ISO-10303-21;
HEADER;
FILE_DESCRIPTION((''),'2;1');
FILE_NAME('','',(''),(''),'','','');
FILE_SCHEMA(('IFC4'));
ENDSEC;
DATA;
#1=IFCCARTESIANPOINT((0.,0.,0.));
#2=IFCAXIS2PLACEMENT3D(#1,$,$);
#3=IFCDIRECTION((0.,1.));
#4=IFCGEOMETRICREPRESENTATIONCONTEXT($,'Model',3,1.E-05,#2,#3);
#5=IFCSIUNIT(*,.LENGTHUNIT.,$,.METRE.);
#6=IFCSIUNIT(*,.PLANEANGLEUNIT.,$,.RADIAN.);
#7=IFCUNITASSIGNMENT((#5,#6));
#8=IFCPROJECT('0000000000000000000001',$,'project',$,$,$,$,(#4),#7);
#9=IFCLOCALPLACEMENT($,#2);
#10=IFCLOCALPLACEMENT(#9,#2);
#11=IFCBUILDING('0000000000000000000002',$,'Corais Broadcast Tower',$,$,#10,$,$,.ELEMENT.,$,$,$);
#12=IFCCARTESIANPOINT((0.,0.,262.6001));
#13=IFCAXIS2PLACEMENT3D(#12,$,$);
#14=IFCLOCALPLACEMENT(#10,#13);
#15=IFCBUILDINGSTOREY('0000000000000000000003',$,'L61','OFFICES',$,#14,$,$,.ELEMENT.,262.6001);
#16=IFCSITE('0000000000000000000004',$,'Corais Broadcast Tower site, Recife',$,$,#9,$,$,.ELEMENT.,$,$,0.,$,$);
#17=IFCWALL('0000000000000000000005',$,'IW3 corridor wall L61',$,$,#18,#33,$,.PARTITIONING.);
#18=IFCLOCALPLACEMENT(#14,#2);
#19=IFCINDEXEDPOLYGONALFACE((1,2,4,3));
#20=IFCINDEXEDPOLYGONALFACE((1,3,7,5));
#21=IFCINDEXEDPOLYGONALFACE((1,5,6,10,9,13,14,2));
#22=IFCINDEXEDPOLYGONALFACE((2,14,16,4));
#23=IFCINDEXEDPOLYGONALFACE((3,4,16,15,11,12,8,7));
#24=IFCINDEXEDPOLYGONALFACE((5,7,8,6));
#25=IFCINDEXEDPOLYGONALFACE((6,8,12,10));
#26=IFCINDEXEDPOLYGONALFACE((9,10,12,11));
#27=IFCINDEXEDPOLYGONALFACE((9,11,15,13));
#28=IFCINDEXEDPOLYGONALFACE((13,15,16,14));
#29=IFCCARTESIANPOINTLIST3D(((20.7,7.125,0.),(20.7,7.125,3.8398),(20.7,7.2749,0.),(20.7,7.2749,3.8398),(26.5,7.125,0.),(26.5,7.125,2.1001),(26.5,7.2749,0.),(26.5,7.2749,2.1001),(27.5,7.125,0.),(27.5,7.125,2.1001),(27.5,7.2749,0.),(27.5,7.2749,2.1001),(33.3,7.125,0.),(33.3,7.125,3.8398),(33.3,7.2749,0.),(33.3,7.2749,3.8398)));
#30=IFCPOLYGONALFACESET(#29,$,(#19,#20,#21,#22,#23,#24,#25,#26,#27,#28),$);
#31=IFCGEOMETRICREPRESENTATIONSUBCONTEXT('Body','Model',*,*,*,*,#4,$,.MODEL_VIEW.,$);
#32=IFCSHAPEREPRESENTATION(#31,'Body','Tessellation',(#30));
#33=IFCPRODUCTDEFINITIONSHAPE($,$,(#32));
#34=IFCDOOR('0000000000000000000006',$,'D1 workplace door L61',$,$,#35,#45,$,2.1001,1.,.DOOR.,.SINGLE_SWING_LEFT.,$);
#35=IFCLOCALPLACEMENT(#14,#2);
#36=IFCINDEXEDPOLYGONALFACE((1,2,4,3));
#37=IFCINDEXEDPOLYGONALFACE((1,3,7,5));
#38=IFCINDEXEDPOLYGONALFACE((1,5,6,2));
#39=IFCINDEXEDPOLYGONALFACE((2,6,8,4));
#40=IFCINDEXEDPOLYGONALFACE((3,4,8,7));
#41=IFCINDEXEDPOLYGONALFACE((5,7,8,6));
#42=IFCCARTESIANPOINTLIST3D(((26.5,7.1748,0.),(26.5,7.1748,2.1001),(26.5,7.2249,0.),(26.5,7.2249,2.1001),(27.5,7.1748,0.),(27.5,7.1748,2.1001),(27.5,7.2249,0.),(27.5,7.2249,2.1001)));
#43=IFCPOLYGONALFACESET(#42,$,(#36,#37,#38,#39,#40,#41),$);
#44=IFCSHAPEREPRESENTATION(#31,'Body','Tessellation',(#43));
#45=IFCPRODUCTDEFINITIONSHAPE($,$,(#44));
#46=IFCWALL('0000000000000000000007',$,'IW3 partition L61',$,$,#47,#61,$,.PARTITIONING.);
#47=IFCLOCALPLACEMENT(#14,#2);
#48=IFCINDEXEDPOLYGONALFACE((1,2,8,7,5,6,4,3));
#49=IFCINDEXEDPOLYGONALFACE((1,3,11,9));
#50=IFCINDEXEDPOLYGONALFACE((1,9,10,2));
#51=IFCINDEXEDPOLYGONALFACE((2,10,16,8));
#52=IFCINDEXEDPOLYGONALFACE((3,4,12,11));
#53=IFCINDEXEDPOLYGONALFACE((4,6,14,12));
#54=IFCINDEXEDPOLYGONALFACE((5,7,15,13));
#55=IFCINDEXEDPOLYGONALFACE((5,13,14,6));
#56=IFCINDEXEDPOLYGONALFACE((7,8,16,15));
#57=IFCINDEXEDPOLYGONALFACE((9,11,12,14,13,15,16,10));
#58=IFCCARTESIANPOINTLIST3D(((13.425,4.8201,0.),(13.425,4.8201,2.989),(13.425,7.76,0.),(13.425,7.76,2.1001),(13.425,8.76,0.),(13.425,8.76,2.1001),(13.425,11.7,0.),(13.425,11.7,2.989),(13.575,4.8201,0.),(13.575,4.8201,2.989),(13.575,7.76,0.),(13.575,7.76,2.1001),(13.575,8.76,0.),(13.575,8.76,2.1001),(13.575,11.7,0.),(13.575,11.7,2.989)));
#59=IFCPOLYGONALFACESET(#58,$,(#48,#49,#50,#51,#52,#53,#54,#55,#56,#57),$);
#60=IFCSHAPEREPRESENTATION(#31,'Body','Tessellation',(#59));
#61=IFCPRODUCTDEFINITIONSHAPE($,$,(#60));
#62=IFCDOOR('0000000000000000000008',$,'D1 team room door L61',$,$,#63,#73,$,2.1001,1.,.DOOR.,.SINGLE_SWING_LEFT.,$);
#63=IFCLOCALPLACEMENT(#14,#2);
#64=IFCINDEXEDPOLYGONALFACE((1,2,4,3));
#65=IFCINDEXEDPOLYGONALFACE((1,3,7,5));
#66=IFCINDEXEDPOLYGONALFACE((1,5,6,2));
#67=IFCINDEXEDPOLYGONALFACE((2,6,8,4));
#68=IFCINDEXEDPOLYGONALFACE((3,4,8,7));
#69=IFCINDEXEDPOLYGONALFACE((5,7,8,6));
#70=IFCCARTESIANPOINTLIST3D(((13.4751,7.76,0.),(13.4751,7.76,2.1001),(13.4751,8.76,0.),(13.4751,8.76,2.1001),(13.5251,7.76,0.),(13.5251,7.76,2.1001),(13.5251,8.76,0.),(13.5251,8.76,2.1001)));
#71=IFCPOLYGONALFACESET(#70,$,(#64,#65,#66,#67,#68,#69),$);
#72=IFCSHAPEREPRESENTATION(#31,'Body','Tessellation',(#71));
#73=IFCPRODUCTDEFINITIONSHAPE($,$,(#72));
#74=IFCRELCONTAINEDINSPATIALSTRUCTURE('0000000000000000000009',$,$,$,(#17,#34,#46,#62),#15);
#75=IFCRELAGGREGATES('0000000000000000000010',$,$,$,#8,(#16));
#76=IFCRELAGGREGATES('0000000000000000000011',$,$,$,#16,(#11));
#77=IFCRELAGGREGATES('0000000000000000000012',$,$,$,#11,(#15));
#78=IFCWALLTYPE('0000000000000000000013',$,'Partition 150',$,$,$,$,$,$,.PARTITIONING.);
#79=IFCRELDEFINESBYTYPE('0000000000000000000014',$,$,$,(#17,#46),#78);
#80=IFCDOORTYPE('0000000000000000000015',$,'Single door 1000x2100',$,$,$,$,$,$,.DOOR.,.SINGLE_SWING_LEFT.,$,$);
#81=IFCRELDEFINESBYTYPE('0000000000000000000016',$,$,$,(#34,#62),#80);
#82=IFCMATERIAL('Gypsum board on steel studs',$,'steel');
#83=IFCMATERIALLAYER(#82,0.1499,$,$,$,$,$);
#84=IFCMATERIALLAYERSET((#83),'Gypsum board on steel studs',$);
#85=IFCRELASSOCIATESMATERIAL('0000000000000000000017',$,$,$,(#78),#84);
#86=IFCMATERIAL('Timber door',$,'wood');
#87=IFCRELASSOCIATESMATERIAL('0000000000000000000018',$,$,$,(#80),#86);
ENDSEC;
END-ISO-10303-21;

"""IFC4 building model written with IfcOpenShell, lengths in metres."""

from ifc_helpers import new_model, si_unit, direction, frame, frame_2d, origin, place, context, subcontext, project, spatial, rectangle, extrude, material, layer, layer_set, type_object, element, fill, save


model = new_model("IFC4")

# Units and contexts
model_context = context("Model", 3, precision=1e-05, world=origin(), true_north=direction((0.0, 1.0)))
body_context = subcontext(model_context, "Body", "Model", "MODEL_VIEW")
ifc_project = project(units=[si_unit("LENGTHUNIT", "METRE"), si_unit("PLANEANGLEUNIT", "RADIAN")], contexts=[model_context])

# Site, building, storey
site_placement = place(None, origin())
site = spatial("IfcSite", under=ifc_project, at=site_placement, Name="Corais Broadcast Tower site, Recife", CompositionType="ELEMENT", RefElevation=0.0)
building_placement = place(site_placement, origin())
building = spatial("IfcBuilding", under=site, at=building_placement, Name="Corais Broadcast Tower", CompositionType="ELEMENT")
storey_placement = place(building_placement, frame((0.0, 0.0, 262.6001)))
storey = spatial("IfcBuildingStorey", under=building, at=storey_placement, Name="L61", Description="OFFICES", CompositionType="ELEMENT", Elevation=262.6001)

# Walls, openings, doors
ifc_material_1 = material(Name="Gypsum board on steel studs", Category="steel")
ifc_layer_1 = layer(ifc_material_1, 0.1499)
ifc_layer_set_1 = layer_set([ifc_layer_1], Name="Gypsum board on steel studs")
wall_type = type_object("IfcWallType", Name="Partition 150", PredefinedType="PARTITIONING", material=ifc_layer_set_1)
wall_1_placement = place(storey_placement, frame((20.7, 7.2, 0.0), z_axis=(0.0, 0.0, 1.0), x_axis=(1.0, 0.0, 0.0)))
wall_1 = element("IfcWall", 1, at=wall_1_placement, inside=storey, type_object=wall_type, Name="IW3 corridor wall L61", PredefinedType="PARTITIONING", context=body_context, shape_type="SweptSolid", body=[
    extrude(rectangle(XDim=12.6001, YDim=0.1499, at=frame_2d((6.3, 0.0))), origin(), (0.0, 0.0, 1.0), 3.8398),
])
opening_1_placement = place(wall_1_placement, frame((5.8, 0.0, 0.0)))
opening_1 = element("IfcOpeningElement", 2, at=opening_1_placement, cuts=wall_1, PredefinedType="OPENING", context=body_context, shape_type="SweptSolid", body=[
    extrude(rectangle(XDim=1.0, YDim=2.1001, at=frame_2d((0.5, 1.05))), frame((0.0, 0.085, 0.0), z_axis=(0.0, -1.0, 0.0), x_axis=(1.0, 0.0, 0.0)), (0.0, 0.0, 1.0), 0.1699),
])
ifc_material_2 = material(Name="Timber door", Category="wood")
door_type = type_object("IfcDoorType", Name="Single door 1000x2100", OperationType="SINGLE_SWING_LEFT", PredefinedType="DOOR", material=ifc_material_2)
door_1_placement = place(opening_1_placement, origin())
door_1 = element("IfcDoor", 3, at=door_1_placement, inside=storey, type_object=door_type, Name="D1 workplace door L61", OperationType="SINGLE_SWING_LEFT", OverallHeight=2.1001, OverallWidth=1.0, PredefinedType="DOOR", context=body_context, shape_type="SweptSolid", body=[
    extrude(rectangle(XDim=1.0, YDim=2.1001, at=frame_2d((0.5, 1.05))), frame((0.0, 0.0249, 0.0), z_axis=(0.0, -1.0, 0.0), x_axis=(1.0, 0.0, 0.0)), (0.0, 0.0, 1.0), 0.05),
])
fill(opening_1, door_1)
wall_2_placement = place(storey_placement, frame((13.5, 4.8201, 0.0), z_axis=(0.0, 0.0, 1.0), x_axis=(0.0, 1.0, 0.0)))
wall_2 = element("IfcWall", 4, at=wall_2_placement, inside=storey, type_object=wall_type, Name="IW3 partition L61", PredefinedType="PARTITIONING", context=body_context, shape_type="SweptSolid", body=[
    extrude(rectangle(XDim=6.8799, YDim=0.1499, at=frame_2d((3.4399, 0.0))), origin(), (0.0, 0.0, 1.0), 2.989),
])
opening_2_placement = place(wall_2_placement, frame((2.9399, 0.0, 0.0)))
opening_2 = element("IfcOpeningElement", 5, at=opening_2_placement, cuts=wall_2, PredefinedType="OPENING", context=body_context, shape_type="SweptSolid", body=[
    extrude(rectangle(XDim=1.0, YDim=2.1001, at=frame_2d((0.5, 1.05))), frame((0.0, 0.085, 0.0), z_axis=(0.0, -1.0, 0.0), x_axis=(1.0, 0.0, 0.0)), (0.0, 0.0, 1.0), 0.1699),
])
door_2_placement = place(opening_2_placement, origin())
door_2 = element("IfcDoor", 6, at=door_2_placement, inside=storey, type_object=door_type, Name="D1 team room door L61", OperationType="SINGLE_SWING_LEFT", OverallHeight=2.1001, OverallWidth=1.0, PredefinedType="DOOR", context=body_context, shape_type="SweptSolid", body=[
    extrude(rectangle(XDim=1.0, YDim=2.1001, at=frame_2d((0.5, 1.05))), frame((0.0, 0.0249, 0.0), z_axis=(0.0, -1.0, 0.0), x_axis=(1.0, 0.0, 0.0)), (0.0, 0.0, 1.0), 0.05),
])
fill(opening_2, door_2)

save(model, "model.ifc")
